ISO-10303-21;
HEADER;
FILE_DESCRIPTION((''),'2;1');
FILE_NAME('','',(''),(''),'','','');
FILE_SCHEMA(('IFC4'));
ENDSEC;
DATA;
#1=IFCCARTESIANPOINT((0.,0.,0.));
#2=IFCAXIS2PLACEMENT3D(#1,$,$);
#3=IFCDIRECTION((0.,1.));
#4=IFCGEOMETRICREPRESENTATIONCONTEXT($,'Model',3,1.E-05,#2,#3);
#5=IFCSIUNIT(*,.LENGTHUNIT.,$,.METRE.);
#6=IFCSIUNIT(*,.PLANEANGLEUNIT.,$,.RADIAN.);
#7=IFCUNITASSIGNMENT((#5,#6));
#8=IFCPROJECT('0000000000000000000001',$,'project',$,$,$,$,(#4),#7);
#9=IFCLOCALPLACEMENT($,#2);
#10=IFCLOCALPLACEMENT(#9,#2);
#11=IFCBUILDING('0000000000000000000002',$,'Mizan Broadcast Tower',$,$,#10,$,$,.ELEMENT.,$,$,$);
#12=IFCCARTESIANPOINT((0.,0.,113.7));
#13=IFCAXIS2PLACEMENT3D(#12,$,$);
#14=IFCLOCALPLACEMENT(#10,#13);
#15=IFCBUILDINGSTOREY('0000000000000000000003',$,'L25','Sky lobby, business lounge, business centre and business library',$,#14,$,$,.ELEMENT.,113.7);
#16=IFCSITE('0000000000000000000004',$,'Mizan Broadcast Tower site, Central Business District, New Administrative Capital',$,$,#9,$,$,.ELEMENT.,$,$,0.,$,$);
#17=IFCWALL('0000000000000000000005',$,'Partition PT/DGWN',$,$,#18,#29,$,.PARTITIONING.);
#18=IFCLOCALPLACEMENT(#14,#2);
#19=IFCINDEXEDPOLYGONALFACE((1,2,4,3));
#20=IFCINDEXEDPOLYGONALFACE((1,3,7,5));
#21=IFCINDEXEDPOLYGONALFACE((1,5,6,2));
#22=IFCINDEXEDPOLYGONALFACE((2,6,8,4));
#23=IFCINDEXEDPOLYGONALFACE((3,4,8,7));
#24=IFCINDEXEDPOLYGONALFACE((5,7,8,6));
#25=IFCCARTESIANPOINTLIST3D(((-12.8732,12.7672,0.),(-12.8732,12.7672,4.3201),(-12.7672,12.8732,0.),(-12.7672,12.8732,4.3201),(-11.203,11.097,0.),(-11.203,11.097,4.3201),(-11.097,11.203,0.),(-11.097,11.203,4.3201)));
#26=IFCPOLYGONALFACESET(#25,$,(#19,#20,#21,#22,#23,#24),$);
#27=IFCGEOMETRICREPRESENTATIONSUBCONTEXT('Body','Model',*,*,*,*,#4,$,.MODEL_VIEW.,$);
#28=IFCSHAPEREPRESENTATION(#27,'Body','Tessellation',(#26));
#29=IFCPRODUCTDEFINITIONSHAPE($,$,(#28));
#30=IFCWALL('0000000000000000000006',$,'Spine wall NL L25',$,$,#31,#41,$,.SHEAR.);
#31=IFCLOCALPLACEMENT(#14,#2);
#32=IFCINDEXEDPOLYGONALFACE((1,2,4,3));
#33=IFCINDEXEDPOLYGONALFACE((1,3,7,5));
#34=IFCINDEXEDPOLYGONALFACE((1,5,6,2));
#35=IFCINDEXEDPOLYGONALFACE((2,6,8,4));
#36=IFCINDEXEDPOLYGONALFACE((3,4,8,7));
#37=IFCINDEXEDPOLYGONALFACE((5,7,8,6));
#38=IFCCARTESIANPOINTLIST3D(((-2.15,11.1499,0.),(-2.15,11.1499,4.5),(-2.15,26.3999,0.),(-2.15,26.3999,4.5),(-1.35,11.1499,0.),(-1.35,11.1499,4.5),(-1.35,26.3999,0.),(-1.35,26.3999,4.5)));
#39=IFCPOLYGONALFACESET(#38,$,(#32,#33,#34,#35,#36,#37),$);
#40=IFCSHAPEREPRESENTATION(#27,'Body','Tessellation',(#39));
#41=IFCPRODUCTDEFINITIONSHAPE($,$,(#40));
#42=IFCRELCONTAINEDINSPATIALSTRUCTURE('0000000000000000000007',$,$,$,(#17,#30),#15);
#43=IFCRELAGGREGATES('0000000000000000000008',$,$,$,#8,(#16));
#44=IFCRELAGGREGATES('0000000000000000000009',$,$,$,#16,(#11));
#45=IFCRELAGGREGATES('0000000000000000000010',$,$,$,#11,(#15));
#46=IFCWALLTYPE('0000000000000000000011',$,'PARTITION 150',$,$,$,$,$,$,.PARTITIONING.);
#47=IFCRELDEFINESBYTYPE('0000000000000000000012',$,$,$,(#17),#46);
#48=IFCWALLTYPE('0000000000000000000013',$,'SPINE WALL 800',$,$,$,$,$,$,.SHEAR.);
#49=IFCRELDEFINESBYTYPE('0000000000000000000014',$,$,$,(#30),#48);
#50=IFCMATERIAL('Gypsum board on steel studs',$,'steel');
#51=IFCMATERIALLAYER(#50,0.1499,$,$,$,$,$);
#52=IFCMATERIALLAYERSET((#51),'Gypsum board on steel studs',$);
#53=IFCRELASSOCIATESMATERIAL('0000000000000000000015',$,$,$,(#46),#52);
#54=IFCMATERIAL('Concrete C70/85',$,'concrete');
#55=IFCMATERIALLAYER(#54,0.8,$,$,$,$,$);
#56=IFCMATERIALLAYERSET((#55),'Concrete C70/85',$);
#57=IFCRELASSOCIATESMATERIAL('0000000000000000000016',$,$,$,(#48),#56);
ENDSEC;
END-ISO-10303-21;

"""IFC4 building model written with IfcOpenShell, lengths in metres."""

from ifc_helpers import new_model, si_unit, direction, frame, frame_2d, origin, place, context, subcontext, project, spatial, rectangle, extrude, material, layer, layer_set, type_object, element, save


model = new_model("IFC4")

# Units and contexts
model_context = context("Model", 3, precision=1e-05, world=origin(), true_north=direction((0.0, 1.0)))
body_context = subcontext(model_context, "Body", "Model", "MODEL_VIEW")
ifc_project = project(units=[si_unit("LENGTHUNIT", "METRE"), si_unit("PLANEANGLEUNIT", "RADIAN")], contexts=[model_context])

# Site, building, storey
site_placement = place(None, origin())
site = spatial("IfcSite", under=ifc_project, at=site_placement, Name="Mizan Broadcast Tower site, Central Business District, New Administrative Capital", CompositionType="ELEMENT", RefElevation=0.0)
building_placement = place(site_placement, origin())
building = spatial("IfcBuilding", under=site, at=building_placement, Name="Mizan Broadcast Tower", CompositionType="ELEMENT")
storey_placement = place(building_placement, frame((0.0, 0.0, 113.7)))
storey = spatial("IfcBuildingStorey", under=building, at=storey_placement, Name="L25", Description="Sky lobby, business lounge, business centre and business library", CompositionType="ELEMENT", Elevation=113.7)

# Walls
ifc_material_1 = material(Name="Gypsum board on steel studs", Category="steel")
ifc_layer_1 = layer(ifc_material_1, 0.1499)
ifc_layer_set_1 = layer_set([ifc_layer_1], Name="Gypsum board on steel studs")
wall_type_1 = type_object("IfcWallType", Name="PARTITION 150", PredefinedType="PARTITIONING", material=ifc_layer_set_1)
wall_1_placement = place(storey_placement, frame((-11.1499, 11.1499, 0.0), z_axis=(0.0, 0.0, 1.0), x_axis=(-0.707107, 0.707107, 0.0)))
element("IfcWall", 1, at=wall_1_placement, inside=storey, type_object=wall_type_1, Name="Partition PT/DGWN", PredefinedType="PARTITIONING", context=body_context, shape_type="SweptSolid", body=[
    extrude(rectangle(XDim=2.3621, YDim=0.1499, at=frame_2d((1.1812, 0.0))), origin(), (0.0, 0.0, 1.0), 4.3201),
])
ifc_material_2 = material(Name="Concrete C70/85", Category="concrete")
ifc_layer_2 = layer(ifc_material_2, 0.8)
ifc_layer_set_2 = layer_set([ifc_layer_2], Name="Concrete C70/85")
wall_type_2 = type_object("IfcWallType", Name="SPINE WALL 800", PredefinedType="SHEAR", material=ifc_layer_set_2)
wall_2_placement = place(storey_placement, frame((-1.75, 11.1499, 0.0), z_axis=(0.0, 0.0, 1.0), x_axis=(0.0, 1.0, 0.0)))
element("IfcWall", 2, at=wall_2_placement, inside=storey, type_object=wall_type_2, Name="Spine wall NL L25", PredefinedType="SHEAR", context=body_context, shape_type="SweptSolid", body=[
    extrude(rectangle(XDim=15.25, YDim=0.8, at=frame_2d((7.625, 0.0))), origin(), (0.0, 0.0, 1.0), 4.5),
])

save(model, "model.ifc")
